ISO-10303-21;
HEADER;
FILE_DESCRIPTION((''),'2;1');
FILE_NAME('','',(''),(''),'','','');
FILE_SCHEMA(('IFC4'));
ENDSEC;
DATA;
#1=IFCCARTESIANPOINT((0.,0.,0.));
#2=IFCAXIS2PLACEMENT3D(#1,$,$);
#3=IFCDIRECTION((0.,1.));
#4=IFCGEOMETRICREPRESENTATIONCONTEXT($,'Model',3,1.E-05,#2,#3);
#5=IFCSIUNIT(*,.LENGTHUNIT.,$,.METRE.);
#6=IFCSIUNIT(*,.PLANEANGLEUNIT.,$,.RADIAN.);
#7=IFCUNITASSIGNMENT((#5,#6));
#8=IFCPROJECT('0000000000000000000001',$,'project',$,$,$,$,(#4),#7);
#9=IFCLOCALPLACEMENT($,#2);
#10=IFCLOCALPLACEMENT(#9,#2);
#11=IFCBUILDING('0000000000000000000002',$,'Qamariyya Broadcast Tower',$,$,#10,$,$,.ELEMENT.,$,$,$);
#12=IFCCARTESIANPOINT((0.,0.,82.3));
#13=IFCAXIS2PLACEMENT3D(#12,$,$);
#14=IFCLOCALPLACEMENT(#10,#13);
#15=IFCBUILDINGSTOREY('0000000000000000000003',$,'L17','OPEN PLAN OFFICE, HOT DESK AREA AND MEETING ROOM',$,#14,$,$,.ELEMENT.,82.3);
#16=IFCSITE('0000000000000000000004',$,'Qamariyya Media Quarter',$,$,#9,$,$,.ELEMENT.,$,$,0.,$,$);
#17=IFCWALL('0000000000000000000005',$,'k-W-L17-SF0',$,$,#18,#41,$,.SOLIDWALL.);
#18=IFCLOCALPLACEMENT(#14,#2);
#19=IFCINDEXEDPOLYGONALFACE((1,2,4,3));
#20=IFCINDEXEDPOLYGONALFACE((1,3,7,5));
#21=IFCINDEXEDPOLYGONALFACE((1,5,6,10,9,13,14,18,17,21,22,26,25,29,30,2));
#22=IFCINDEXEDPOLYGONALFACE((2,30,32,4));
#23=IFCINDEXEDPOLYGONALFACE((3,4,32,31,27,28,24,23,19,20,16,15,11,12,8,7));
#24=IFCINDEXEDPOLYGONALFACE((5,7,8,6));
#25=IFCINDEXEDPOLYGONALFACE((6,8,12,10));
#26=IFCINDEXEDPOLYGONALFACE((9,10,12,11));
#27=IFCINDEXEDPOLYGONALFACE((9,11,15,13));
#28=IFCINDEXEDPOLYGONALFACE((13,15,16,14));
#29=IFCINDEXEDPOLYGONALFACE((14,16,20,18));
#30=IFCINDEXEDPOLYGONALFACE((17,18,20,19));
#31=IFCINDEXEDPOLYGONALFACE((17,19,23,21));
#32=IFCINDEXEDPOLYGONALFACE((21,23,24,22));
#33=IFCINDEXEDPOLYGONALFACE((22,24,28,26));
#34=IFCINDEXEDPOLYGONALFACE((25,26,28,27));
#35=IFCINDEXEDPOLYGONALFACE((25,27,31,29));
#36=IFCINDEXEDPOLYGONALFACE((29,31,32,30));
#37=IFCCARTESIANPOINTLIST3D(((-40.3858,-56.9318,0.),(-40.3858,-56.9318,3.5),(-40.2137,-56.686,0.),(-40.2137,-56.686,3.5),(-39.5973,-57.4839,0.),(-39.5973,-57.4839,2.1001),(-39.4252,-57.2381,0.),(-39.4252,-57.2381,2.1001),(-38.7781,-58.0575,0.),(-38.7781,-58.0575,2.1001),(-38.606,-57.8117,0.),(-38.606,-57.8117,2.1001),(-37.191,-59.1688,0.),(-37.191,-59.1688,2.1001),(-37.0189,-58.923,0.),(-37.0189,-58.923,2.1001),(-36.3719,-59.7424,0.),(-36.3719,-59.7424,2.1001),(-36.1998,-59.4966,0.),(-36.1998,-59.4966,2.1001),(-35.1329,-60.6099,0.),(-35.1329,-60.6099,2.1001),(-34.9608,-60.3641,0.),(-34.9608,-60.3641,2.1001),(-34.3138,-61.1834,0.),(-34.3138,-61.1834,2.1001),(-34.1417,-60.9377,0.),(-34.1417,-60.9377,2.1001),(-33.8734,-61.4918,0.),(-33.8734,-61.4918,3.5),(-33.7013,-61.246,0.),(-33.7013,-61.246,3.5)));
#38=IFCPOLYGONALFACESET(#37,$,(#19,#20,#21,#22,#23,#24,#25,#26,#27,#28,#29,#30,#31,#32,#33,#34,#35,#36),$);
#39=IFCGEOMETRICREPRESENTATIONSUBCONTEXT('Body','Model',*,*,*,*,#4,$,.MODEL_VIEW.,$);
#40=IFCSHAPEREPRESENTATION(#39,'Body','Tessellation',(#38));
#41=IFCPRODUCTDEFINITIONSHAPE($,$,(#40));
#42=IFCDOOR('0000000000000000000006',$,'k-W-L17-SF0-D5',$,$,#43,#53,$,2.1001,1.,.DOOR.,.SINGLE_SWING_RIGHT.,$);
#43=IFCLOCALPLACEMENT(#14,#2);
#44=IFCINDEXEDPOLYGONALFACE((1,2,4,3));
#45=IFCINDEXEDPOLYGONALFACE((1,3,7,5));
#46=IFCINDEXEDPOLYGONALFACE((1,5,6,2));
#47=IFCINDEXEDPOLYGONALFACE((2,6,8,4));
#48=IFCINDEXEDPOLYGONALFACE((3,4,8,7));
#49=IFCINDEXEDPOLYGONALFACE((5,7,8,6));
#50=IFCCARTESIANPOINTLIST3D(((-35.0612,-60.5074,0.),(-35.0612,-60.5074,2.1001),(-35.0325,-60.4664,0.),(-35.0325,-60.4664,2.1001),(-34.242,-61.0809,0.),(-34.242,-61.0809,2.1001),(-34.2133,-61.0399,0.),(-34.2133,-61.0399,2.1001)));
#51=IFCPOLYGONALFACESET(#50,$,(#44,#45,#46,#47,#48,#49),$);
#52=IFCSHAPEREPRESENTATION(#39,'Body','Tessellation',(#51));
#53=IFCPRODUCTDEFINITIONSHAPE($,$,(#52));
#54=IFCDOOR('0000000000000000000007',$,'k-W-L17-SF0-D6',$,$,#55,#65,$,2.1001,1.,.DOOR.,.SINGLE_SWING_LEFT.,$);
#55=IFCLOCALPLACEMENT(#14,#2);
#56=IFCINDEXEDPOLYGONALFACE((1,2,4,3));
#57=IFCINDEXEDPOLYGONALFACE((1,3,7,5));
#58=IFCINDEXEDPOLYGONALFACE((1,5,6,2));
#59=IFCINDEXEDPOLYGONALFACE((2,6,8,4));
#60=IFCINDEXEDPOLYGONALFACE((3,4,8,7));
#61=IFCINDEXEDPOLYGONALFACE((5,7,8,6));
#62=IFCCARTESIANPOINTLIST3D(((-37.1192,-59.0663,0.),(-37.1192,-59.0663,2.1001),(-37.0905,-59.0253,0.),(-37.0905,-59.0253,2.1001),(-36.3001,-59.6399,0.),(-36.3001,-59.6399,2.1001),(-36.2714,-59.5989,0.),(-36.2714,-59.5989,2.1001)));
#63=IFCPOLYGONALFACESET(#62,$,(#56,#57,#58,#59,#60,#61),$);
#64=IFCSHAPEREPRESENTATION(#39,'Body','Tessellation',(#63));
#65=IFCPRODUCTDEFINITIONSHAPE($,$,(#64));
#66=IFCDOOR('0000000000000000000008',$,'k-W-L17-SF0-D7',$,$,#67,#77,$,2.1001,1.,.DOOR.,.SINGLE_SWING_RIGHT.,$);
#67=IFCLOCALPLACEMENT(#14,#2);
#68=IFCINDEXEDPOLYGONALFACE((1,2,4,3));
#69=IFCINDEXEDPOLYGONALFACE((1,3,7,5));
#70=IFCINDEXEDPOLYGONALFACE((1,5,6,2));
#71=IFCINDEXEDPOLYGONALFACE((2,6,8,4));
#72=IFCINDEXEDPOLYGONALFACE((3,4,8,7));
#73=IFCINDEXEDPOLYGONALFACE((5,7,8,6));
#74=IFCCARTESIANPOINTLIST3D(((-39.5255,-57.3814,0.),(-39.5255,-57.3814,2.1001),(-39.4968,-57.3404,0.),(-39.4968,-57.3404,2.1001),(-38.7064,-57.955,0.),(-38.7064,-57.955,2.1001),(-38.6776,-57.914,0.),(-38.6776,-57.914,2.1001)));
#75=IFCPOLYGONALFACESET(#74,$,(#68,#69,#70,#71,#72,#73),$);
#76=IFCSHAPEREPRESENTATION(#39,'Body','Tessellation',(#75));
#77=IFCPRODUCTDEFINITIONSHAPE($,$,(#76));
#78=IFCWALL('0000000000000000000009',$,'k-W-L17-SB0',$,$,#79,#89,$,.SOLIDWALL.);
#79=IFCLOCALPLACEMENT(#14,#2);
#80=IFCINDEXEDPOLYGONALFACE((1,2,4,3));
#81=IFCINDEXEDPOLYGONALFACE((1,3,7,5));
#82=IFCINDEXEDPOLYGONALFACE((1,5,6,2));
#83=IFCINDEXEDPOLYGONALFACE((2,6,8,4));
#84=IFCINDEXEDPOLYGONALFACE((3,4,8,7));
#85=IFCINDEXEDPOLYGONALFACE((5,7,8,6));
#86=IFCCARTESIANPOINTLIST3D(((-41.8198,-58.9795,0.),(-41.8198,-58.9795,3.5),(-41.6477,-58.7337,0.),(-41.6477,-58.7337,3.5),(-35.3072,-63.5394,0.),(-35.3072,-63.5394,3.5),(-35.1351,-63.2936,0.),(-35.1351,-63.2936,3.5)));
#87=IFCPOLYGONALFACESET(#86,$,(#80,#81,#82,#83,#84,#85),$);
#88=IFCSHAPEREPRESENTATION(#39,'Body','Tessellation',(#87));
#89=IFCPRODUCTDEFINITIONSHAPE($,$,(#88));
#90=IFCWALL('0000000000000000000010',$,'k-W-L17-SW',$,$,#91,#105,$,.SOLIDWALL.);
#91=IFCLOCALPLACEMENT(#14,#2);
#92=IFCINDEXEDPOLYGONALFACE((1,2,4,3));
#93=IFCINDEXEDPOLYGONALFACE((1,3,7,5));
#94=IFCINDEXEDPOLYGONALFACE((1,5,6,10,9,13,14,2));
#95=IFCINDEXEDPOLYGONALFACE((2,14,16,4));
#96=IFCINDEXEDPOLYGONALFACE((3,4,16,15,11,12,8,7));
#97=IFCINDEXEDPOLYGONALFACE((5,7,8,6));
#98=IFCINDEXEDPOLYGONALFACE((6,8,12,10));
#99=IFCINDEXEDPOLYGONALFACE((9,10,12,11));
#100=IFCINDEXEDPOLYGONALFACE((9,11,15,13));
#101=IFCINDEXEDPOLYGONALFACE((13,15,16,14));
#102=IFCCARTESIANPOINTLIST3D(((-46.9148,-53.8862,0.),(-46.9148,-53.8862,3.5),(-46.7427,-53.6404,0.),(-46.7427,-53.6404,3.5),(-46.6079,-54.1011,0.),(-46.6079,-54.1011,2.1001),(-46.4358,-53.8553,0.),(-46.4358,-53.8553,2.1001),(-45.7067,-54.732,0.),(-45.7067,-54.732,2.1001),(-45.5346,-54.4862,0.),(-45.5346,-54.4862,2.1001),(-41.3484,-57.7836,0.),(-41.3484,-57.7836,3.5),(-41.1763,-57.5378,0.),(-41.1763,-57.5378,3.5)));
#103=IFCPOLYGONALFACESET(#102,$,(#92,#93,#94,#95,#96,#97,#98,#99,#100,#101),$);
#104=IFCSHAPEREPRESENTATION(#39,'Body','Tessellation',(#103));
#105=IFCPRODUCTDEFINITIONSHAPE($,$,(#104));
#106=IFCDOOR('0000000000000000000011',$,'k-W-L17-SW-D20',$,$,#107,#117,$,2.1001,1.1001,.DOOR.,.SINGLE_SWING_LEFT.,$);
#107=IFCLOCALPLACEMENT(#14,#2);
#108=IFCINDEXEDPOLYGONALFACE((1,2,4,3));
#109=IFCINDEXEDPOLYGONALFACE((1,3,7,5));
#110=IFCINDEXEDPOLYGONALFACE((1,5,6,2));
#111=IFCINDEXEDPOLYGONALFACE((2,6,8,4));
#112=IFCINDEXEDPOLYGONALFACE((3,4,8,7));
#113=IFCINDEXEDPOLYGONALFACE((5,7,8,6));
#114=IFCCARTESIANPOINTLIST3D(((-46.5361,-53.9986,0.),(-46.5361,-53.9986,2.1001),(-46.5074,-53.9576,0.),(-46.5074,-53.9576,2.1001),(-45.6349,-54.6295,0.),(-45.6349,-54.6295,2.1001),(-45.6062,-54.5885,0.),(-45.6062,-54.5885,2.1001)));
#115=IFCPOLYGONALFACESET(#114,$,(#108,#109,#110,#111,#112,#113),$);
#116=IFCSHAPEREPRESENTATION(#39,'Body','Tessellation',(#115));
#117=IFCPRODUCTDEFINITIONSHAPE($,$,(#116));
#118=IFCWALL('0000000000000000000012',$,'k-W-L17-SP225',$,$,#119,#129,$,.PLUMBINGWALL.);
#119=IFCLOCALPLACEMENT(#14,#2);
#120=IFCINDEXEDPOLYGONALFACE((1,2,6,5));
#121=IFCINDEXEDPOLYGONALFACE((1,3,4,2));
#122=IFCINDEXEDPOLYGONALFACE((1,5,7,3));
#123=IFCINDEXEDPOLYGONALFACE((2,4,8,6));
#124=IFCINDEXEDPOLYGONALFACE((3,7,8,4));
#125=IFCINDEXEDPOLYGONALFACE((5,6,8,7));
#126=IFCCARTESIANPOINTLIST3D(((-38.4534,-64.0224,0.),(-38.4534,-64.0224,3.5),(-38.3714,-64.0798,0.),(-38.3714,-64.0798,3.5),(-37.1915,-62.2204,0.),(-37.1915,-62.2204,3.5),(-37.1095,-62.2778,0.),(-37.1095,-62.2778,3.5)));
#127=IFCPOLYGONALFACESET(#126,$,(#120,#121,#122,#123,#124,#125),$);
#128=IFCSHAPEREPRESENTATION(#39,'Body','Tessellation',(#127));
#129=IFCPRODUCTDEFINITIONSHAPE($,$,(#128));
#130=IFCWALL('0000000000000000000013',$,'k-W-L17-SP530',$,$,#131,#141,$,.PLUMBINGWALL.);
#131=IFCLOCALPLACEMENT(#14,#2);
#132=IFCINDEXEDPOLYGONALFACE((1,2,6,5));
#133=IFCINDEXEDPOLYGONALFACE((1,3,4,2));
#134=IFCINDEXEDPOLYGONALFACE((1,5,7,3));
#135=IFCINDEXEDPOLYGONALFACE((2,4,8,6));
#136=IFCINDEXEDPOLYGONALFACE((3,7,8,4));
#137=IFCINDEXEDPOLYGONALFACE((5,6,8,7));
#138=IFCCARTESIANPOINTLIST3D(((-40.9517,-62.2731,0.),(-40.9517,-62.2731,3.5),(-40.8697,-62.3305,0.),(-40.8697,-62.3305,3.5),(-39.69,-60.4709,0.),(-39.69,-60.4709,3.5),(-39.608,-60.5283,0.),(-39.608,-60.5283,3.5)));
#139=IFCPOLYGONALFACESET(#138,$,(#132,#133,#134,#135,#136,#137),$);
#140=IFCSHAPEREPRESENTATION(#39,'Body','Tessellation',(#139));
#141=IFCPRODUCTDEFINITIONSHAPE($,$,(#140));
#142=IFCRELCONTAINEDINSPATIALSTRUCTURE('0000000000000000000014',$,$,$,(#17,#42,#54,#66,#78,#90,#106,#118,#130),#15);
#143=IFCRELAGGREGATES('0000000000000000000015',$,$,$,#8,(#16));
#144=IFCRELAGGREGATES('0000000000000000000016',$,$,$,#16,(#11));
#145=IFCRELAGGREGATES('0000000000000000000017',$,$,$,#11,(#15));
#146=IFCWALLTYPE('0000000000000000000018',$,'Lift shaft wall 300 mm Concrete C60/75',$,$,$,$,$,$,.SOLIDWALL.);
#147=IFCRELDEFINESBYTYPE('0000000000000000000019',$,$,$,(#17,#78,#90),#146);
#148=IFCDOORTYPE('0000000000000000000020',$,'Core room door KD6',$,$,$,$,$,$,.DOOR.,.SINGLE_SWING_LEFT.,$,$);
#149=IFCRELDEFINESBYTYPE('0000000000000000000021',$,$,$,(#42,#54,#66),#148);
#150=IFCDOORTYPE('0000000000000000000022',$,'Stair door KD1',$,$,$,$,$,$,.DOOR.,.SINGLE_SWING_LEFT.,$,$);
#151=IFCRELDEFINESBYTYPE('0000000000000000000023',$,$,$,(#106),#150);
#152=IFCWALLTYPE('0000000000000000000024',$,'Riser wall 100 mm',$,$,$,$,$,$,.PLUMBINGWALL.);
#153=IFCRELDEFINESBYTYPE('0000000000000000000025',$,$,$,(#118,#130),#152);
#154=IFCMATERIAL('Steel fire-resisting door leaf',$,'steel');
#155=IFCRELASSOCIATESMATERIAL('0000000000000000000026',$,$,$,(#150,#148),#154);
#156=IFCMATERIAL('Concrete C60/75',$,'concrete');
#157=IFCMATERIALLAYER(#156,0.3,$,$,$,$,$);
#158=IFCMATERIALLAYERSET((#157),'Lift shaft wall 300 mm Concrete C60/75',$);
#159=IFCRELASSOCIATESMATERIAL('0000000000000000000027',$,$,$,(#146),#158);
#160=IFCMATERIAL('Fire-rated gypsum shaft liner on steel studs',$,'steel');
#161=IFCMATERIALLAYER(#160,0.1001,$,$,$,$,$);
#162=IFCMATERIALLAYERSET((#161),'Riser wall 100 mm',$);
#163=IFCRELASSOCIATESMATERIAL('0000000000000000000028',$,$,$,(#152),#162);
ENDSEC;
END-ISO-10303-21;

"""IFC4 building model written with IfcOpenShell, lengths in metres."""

from ifc_helpers import new_model, si_unit, direction, frame, frame_2d, origin, place, context, subcontext, project, spatial, rectangle, extrude, material, layer, layer_set, type_object, element, fill, save


model = new_model("IFC4")

# Units and contexts
model_context = context("Model", 3, precision=1e-05, world=origin(), true_north=direction((0.0, 1.0)))
body_context = subcontext(model_context, "Body", "Model", "MODEL_VIEW")
ifc_project = project(units=[si_unit("LENGTHUNIT", "METRE"), si_unit("PLANEANGLEUNIT", "RADIAN")], contexts=[model_context])

# Site, building, storey
site_placement = place(None, origin())
site = spatial("IfcSite", under=ifc_project, at=site_placement, Name="Qamariyya Media Quarter", CompositionType="ELEMENT", RefElevation=0.0)
building_placement = place(site_placement, origin())
building = spatial("IfcBuilding", under=site, at=building_placement, Name="Qamariyya Broadcast Tower", CompositionType="ELEMENT")
storey_placement = place(building_placement, frame((0.0, 0.0, 82.3)))
storey = spatial("IfcBuildingStorey", under=building, at=storey_placement, Name="L17", Description="OPEN PLAN OFFICE, HOT DESK AREA AND MEETING ROOM", CompositionType="ELEMENT", Elevation=82.3)

# Shared definitions
ifc_material_1 = material(Name="Steel fire-resisting door leaf", Category="steel")

# Shared definitions
door_type_1 = type_object("IfcDoorType", Name="Stair door KD1", OperationType="SINGLE_SWING_LEFT", PredefinedType="DOOR", material=ifc_material_1)

# Shared definitions
ifc_material_2 = material(Name="Concrete C60/75", Category="concrete")
ifc_layer_1 = layer(ifc_material_2, 0.3)
ifc_layer_set_1 = layer_set([ifc_layer_1], Name="Lift shaft wall 300 mm Concrete C60/75")
wall_type_1 = type_object("IfcWallType", Name="Lift shaft wall 300 mm Concrete C60/75", PredefinedType="SOLIDWALL", material=ifc_layer_set_1)

# Wall, openings, doors
wall_1_placement = place(storey_placement, frame((-33.7874, -61.3689, 0.0), z_axis=(0.0, 0.0, 1.0), x_axis=(-0.819153, 0.573576, 0.0)))
wall_1 = element("IfcWall", 1, at=wall_1_placement, inside=storey, type_object=wall_type_1, Name="k-W-L17-SF0", PredefinedType="SOLIDWALL", context=body_context, shape_type="SweptSolid", body=[
    extrude(rectangle(XDim=7.9502, YDim=0.3, at=frame_2d((3.9751, 0.0))), origin(), (0.0, 0.0, 1.0), 3.5),
])
opening_1_placement = place(wall_1_placement, frame((0.5376, 0.0, 0.0)))
opening_1 = element("IfcOpeningElement", 2, at=opening_1_placement, cuts=wall_1, PredefinedType="OPENING", context=body_context, shape_type="SweptSolid", body=[
    extrude(rectangle(XDim=1.0, YDim=2.1001, at=frame_2d((0.5, 1.05))), frame((0.0, 0.1599, 0.0), z_axis=(0.0, -1.0, 0.0), x_axis=(1.0, 0.0, 0.0)), (0.0, 0.0, 1.0), 0.3201),
])
opening_2_placement = place(wall_1_placement, frame((3.05, 0.0, 0.0)))
opening_2 = element("IfcOpeningElement", 3, at=opening_2_placement, cuts=wall_1, PredefinedType="OPENING", context=body_context, shape_type="SweptSolid", body=[
    extrude(rectangle(XDim=1.0, YDim=2.1001, at=frame_2d((0.5, 1.05))), frame((0.0, 0.1599, 0.0), z_axis=(0.0, -1.0, 0.0), x_axis=(1.0, 0.0, 0.0)), (0.0, 0.0, 1.0), 0.3201),
])
opening_3_placement = place(wall_1_placement, frame((5.9875, 0.0, 0.0)))
opening_3 = element("IfcOpeningElement", 4, at=opening_3_placement, cuts=wall_1, PredefinedType="OPENING", context=body_context, shape_type="SweptSolid", body=[
    extrude(rectangle(XDim=1.0, YDim=2.1001, at=frame_2d((0.5, 1.05))), frame((0.0, 0.1599, 0.0), z_axis=(0.0, -1.0, 0.0), x_axis=(1.0, 0.0, 0.0)), (0.0, 0.0, 1.0), 0.3201),
])
door_type_2 = type_object("IfcDoorType", Name="Core room door KD6", OperationType="SINGLE_SWING_LEFT", PredefinedType="DOOR", material=ifc_material_1)
door_1_placement = place(opening_1_placement, origin())
door_1 = element("IfcDoor", 5, at=door_1_placement, inside=storey, type_object=door_type_2, Name="k-W-L17-SF0-D5", OperationType="SINGLE_SWING_RIGHT", OverallHeight=2.1001, OverallWidth=1.0, PredefinedType="DOOR", context=body_context, shape_type="SweptSolid", body=[
    extrude(rectangle(XDim=1.0, YDim=2.1001, at=frame_2d((0.5, 1.05))), frame((0.0, 0.0249, 0.0), z_axis=(0.0, -1.0, 0.0), x_axis=(1.0, 0.0, 0.0)), (0.0, 0.0, 1.0), 0.05),
])
fill(opening_1, door_1)
door_2_placement = place(opening_2_placement, origin())
door_2 = element("IfcDoor", 6, at=door_2_placement, inside=storey, type_object=door_type_2, Name="k-W-L17-SF0-D6", OperationType="SINGLE_SWING_LEFT", OverallHeight=2.1001, OverallWidth=1.0, PredefinedType="DOOR", context=body_context, shape_type="SweptSolid", body=[
    extrude(rectangle(XDim=1.0, YDim=2.1001, at=frame_2d((0.5, 1.05))), frame((0.0, 0.0249, 0.0), z_axis=(0.0, -1.0, 0.0), x_axis=(1.0, 0.0, 0.0)), (0.0, 0.0, 1.0), 0.05),
])
fill(opening_2, door_2)
door_3_placement = place(opening_3_placement, origin())
door_3 = element("IfcDoor", 7, at=door_3_placement, inside=storey, type_object=door_type_2, Name="k-W-L17-SF0-D7", OperationType="SINGLE_SWING_RIGHT", OverallHeight=2.1001, OverallWidth=1.0, PredefinedType="DOOR", context=body_context, shape_type="SweptSolid", body=[
    extrude(rectangle(XDim=1.0, YDim=2.1001, at=frame_2d((0.5, 1.05))), frame((0.0, 0.0249, 0.0), z_axis=(0.0, -1.0, 0.0), x_axis=(1.0, 0.0, 0.0)), (0.0, 0.0, 1.0), 0.05),
])
fill(opening_3, door_3)

# Wall
wall_2_placement = place(storey_placement, frame((-35.2212, -63.4165, 0.0), z_axis=(0.0, 0.0, 1.0), x_axis=(-0.819167, 0.573555, 0.0)))
element("IfcWall", 8, at=wall_2_placement, inside=storey, type_object=wall_type_1, Name="k-W-L17-SB0", PredefinedType="SOLIDWALL", context=body_context, shape_type="SweptSolid", body=[
    extrude(rectangle(XDim=7.9502, YDim=0.3, at=frame_2d((3.9751, 0.0))), origin(), (0.0, 0.0, 1.0), 3.5),
])

# Wall, opening, door
wall_3_placement = place(storey_placement, frame((-41.2625, -57.6606, 0.0), z_axis=(0.0, 0.0, 1.0), x_axis=(-0.819164, 0.573559, 0.0)))
wall_3 = element("IfcWall", 9, at=wall_3_placement, inside=storey, type_object=wall_type_1, Name="k-W-L17-SW", PredefinedType="SOLIDWALL", context=body_context, shape_type="SweptSolid", body=[
    extrude(rectangle(XDim=6.7952, YDim=0.3, at=frame_2d((3.3975, 0.0))), origin(), (0.0, 0.0, 1.0), 3.5),
])
opening_4_placement = place(wall_3_placement, frame((5.3203, 0.0, 0.0)))
opening_4 = element("IfcOpeningElement", 10, at=opening_4_placement, cuts=wall_3, PredefinedType="OPENING", context=body_context, shape_type="SweptSolid", body=[
    extrude(rectangle(XDim=1.1001, YDim=2.1001, at=frame_2d((0.55, 1.05))), frame((0.0, 0.1599, 0.0), z_axis=(0.0, -1.0, 0.0), x_axis=(1.0, 0.0, 0.0)), (0.0, 0.0, 1.0), 0.3201),
])
door_4_placement = place(opening_4_placement, origin())
door_4 = element("IfcDoor", 11, at=door_4_placement, inside=storey, type_object=door_type_1, Name="k-W-L17-SW-D20", OperationType="SINGLE_SWING_LEFT", OverallHeight=2.1001, OverallWidth=1.1001, PredefinedType="DOOR", context=body_context, shape_type="SweptSolid", body=[
    extrude(rectangle(XDim=1.1001, YDim=2.1001, at=frame_2d((0.55, 1.05))), frame((0.0, 0.0249, 0.0), z_axis=(0.0, -1.0, 0.0), x_axis=(1.0, 0.0, 0.0)), (0.0, 0.0, 1.0), 0.05),
])
fill(opening_4, door_4)

# Walls
ifc_material_3 = material(Name="Fire-rated gypsum shaft liner on steel studs", Category="steel")
ifc_layer_2 = layer(ifc_material_3, 0.1001)
ifc_layer_set_2 = layer_set([ifc_layer_2], Name="Riser wall 100 mm")
wall_type_2 = type_object("IfcWallType", Name="Riser wall 100 mm", PredefinedType="PLUMBINGWALL", material=ifc_layer_set_2)
for number, where, z_axis, x_axis, name in (
    (12, (-37.1504, -62.249, 0.0), (0.0, 0.0, 1.0), (-0.573634, -0.819112, 0.0), "k-W-L17-SP225"),
    (13, (-39.6489, -60.4995, 0.0), (0.0, 0.0, 1.0), (-0.573507, -0.819201, 0.0), "k-W-L17-SP530"),
):
    element("IfcWall", number, at=place(storey_placement, frame(where, z_axis=z_axis, x_axis=x_axis)), inside=storey, type_object=wall_type_2, Name=name, PredefinedType="PLUMBINGWALL", context=body_context, shape_type="SweptSolid", body=[
        extrude(rectangle(XDim=2.2, YDim=0.1001, at=frame_2d((1.1001, 0.0))), origin(), (0.0, 0.0, 1.0), 3.5),
    ])

save(model, "model.ifc")
